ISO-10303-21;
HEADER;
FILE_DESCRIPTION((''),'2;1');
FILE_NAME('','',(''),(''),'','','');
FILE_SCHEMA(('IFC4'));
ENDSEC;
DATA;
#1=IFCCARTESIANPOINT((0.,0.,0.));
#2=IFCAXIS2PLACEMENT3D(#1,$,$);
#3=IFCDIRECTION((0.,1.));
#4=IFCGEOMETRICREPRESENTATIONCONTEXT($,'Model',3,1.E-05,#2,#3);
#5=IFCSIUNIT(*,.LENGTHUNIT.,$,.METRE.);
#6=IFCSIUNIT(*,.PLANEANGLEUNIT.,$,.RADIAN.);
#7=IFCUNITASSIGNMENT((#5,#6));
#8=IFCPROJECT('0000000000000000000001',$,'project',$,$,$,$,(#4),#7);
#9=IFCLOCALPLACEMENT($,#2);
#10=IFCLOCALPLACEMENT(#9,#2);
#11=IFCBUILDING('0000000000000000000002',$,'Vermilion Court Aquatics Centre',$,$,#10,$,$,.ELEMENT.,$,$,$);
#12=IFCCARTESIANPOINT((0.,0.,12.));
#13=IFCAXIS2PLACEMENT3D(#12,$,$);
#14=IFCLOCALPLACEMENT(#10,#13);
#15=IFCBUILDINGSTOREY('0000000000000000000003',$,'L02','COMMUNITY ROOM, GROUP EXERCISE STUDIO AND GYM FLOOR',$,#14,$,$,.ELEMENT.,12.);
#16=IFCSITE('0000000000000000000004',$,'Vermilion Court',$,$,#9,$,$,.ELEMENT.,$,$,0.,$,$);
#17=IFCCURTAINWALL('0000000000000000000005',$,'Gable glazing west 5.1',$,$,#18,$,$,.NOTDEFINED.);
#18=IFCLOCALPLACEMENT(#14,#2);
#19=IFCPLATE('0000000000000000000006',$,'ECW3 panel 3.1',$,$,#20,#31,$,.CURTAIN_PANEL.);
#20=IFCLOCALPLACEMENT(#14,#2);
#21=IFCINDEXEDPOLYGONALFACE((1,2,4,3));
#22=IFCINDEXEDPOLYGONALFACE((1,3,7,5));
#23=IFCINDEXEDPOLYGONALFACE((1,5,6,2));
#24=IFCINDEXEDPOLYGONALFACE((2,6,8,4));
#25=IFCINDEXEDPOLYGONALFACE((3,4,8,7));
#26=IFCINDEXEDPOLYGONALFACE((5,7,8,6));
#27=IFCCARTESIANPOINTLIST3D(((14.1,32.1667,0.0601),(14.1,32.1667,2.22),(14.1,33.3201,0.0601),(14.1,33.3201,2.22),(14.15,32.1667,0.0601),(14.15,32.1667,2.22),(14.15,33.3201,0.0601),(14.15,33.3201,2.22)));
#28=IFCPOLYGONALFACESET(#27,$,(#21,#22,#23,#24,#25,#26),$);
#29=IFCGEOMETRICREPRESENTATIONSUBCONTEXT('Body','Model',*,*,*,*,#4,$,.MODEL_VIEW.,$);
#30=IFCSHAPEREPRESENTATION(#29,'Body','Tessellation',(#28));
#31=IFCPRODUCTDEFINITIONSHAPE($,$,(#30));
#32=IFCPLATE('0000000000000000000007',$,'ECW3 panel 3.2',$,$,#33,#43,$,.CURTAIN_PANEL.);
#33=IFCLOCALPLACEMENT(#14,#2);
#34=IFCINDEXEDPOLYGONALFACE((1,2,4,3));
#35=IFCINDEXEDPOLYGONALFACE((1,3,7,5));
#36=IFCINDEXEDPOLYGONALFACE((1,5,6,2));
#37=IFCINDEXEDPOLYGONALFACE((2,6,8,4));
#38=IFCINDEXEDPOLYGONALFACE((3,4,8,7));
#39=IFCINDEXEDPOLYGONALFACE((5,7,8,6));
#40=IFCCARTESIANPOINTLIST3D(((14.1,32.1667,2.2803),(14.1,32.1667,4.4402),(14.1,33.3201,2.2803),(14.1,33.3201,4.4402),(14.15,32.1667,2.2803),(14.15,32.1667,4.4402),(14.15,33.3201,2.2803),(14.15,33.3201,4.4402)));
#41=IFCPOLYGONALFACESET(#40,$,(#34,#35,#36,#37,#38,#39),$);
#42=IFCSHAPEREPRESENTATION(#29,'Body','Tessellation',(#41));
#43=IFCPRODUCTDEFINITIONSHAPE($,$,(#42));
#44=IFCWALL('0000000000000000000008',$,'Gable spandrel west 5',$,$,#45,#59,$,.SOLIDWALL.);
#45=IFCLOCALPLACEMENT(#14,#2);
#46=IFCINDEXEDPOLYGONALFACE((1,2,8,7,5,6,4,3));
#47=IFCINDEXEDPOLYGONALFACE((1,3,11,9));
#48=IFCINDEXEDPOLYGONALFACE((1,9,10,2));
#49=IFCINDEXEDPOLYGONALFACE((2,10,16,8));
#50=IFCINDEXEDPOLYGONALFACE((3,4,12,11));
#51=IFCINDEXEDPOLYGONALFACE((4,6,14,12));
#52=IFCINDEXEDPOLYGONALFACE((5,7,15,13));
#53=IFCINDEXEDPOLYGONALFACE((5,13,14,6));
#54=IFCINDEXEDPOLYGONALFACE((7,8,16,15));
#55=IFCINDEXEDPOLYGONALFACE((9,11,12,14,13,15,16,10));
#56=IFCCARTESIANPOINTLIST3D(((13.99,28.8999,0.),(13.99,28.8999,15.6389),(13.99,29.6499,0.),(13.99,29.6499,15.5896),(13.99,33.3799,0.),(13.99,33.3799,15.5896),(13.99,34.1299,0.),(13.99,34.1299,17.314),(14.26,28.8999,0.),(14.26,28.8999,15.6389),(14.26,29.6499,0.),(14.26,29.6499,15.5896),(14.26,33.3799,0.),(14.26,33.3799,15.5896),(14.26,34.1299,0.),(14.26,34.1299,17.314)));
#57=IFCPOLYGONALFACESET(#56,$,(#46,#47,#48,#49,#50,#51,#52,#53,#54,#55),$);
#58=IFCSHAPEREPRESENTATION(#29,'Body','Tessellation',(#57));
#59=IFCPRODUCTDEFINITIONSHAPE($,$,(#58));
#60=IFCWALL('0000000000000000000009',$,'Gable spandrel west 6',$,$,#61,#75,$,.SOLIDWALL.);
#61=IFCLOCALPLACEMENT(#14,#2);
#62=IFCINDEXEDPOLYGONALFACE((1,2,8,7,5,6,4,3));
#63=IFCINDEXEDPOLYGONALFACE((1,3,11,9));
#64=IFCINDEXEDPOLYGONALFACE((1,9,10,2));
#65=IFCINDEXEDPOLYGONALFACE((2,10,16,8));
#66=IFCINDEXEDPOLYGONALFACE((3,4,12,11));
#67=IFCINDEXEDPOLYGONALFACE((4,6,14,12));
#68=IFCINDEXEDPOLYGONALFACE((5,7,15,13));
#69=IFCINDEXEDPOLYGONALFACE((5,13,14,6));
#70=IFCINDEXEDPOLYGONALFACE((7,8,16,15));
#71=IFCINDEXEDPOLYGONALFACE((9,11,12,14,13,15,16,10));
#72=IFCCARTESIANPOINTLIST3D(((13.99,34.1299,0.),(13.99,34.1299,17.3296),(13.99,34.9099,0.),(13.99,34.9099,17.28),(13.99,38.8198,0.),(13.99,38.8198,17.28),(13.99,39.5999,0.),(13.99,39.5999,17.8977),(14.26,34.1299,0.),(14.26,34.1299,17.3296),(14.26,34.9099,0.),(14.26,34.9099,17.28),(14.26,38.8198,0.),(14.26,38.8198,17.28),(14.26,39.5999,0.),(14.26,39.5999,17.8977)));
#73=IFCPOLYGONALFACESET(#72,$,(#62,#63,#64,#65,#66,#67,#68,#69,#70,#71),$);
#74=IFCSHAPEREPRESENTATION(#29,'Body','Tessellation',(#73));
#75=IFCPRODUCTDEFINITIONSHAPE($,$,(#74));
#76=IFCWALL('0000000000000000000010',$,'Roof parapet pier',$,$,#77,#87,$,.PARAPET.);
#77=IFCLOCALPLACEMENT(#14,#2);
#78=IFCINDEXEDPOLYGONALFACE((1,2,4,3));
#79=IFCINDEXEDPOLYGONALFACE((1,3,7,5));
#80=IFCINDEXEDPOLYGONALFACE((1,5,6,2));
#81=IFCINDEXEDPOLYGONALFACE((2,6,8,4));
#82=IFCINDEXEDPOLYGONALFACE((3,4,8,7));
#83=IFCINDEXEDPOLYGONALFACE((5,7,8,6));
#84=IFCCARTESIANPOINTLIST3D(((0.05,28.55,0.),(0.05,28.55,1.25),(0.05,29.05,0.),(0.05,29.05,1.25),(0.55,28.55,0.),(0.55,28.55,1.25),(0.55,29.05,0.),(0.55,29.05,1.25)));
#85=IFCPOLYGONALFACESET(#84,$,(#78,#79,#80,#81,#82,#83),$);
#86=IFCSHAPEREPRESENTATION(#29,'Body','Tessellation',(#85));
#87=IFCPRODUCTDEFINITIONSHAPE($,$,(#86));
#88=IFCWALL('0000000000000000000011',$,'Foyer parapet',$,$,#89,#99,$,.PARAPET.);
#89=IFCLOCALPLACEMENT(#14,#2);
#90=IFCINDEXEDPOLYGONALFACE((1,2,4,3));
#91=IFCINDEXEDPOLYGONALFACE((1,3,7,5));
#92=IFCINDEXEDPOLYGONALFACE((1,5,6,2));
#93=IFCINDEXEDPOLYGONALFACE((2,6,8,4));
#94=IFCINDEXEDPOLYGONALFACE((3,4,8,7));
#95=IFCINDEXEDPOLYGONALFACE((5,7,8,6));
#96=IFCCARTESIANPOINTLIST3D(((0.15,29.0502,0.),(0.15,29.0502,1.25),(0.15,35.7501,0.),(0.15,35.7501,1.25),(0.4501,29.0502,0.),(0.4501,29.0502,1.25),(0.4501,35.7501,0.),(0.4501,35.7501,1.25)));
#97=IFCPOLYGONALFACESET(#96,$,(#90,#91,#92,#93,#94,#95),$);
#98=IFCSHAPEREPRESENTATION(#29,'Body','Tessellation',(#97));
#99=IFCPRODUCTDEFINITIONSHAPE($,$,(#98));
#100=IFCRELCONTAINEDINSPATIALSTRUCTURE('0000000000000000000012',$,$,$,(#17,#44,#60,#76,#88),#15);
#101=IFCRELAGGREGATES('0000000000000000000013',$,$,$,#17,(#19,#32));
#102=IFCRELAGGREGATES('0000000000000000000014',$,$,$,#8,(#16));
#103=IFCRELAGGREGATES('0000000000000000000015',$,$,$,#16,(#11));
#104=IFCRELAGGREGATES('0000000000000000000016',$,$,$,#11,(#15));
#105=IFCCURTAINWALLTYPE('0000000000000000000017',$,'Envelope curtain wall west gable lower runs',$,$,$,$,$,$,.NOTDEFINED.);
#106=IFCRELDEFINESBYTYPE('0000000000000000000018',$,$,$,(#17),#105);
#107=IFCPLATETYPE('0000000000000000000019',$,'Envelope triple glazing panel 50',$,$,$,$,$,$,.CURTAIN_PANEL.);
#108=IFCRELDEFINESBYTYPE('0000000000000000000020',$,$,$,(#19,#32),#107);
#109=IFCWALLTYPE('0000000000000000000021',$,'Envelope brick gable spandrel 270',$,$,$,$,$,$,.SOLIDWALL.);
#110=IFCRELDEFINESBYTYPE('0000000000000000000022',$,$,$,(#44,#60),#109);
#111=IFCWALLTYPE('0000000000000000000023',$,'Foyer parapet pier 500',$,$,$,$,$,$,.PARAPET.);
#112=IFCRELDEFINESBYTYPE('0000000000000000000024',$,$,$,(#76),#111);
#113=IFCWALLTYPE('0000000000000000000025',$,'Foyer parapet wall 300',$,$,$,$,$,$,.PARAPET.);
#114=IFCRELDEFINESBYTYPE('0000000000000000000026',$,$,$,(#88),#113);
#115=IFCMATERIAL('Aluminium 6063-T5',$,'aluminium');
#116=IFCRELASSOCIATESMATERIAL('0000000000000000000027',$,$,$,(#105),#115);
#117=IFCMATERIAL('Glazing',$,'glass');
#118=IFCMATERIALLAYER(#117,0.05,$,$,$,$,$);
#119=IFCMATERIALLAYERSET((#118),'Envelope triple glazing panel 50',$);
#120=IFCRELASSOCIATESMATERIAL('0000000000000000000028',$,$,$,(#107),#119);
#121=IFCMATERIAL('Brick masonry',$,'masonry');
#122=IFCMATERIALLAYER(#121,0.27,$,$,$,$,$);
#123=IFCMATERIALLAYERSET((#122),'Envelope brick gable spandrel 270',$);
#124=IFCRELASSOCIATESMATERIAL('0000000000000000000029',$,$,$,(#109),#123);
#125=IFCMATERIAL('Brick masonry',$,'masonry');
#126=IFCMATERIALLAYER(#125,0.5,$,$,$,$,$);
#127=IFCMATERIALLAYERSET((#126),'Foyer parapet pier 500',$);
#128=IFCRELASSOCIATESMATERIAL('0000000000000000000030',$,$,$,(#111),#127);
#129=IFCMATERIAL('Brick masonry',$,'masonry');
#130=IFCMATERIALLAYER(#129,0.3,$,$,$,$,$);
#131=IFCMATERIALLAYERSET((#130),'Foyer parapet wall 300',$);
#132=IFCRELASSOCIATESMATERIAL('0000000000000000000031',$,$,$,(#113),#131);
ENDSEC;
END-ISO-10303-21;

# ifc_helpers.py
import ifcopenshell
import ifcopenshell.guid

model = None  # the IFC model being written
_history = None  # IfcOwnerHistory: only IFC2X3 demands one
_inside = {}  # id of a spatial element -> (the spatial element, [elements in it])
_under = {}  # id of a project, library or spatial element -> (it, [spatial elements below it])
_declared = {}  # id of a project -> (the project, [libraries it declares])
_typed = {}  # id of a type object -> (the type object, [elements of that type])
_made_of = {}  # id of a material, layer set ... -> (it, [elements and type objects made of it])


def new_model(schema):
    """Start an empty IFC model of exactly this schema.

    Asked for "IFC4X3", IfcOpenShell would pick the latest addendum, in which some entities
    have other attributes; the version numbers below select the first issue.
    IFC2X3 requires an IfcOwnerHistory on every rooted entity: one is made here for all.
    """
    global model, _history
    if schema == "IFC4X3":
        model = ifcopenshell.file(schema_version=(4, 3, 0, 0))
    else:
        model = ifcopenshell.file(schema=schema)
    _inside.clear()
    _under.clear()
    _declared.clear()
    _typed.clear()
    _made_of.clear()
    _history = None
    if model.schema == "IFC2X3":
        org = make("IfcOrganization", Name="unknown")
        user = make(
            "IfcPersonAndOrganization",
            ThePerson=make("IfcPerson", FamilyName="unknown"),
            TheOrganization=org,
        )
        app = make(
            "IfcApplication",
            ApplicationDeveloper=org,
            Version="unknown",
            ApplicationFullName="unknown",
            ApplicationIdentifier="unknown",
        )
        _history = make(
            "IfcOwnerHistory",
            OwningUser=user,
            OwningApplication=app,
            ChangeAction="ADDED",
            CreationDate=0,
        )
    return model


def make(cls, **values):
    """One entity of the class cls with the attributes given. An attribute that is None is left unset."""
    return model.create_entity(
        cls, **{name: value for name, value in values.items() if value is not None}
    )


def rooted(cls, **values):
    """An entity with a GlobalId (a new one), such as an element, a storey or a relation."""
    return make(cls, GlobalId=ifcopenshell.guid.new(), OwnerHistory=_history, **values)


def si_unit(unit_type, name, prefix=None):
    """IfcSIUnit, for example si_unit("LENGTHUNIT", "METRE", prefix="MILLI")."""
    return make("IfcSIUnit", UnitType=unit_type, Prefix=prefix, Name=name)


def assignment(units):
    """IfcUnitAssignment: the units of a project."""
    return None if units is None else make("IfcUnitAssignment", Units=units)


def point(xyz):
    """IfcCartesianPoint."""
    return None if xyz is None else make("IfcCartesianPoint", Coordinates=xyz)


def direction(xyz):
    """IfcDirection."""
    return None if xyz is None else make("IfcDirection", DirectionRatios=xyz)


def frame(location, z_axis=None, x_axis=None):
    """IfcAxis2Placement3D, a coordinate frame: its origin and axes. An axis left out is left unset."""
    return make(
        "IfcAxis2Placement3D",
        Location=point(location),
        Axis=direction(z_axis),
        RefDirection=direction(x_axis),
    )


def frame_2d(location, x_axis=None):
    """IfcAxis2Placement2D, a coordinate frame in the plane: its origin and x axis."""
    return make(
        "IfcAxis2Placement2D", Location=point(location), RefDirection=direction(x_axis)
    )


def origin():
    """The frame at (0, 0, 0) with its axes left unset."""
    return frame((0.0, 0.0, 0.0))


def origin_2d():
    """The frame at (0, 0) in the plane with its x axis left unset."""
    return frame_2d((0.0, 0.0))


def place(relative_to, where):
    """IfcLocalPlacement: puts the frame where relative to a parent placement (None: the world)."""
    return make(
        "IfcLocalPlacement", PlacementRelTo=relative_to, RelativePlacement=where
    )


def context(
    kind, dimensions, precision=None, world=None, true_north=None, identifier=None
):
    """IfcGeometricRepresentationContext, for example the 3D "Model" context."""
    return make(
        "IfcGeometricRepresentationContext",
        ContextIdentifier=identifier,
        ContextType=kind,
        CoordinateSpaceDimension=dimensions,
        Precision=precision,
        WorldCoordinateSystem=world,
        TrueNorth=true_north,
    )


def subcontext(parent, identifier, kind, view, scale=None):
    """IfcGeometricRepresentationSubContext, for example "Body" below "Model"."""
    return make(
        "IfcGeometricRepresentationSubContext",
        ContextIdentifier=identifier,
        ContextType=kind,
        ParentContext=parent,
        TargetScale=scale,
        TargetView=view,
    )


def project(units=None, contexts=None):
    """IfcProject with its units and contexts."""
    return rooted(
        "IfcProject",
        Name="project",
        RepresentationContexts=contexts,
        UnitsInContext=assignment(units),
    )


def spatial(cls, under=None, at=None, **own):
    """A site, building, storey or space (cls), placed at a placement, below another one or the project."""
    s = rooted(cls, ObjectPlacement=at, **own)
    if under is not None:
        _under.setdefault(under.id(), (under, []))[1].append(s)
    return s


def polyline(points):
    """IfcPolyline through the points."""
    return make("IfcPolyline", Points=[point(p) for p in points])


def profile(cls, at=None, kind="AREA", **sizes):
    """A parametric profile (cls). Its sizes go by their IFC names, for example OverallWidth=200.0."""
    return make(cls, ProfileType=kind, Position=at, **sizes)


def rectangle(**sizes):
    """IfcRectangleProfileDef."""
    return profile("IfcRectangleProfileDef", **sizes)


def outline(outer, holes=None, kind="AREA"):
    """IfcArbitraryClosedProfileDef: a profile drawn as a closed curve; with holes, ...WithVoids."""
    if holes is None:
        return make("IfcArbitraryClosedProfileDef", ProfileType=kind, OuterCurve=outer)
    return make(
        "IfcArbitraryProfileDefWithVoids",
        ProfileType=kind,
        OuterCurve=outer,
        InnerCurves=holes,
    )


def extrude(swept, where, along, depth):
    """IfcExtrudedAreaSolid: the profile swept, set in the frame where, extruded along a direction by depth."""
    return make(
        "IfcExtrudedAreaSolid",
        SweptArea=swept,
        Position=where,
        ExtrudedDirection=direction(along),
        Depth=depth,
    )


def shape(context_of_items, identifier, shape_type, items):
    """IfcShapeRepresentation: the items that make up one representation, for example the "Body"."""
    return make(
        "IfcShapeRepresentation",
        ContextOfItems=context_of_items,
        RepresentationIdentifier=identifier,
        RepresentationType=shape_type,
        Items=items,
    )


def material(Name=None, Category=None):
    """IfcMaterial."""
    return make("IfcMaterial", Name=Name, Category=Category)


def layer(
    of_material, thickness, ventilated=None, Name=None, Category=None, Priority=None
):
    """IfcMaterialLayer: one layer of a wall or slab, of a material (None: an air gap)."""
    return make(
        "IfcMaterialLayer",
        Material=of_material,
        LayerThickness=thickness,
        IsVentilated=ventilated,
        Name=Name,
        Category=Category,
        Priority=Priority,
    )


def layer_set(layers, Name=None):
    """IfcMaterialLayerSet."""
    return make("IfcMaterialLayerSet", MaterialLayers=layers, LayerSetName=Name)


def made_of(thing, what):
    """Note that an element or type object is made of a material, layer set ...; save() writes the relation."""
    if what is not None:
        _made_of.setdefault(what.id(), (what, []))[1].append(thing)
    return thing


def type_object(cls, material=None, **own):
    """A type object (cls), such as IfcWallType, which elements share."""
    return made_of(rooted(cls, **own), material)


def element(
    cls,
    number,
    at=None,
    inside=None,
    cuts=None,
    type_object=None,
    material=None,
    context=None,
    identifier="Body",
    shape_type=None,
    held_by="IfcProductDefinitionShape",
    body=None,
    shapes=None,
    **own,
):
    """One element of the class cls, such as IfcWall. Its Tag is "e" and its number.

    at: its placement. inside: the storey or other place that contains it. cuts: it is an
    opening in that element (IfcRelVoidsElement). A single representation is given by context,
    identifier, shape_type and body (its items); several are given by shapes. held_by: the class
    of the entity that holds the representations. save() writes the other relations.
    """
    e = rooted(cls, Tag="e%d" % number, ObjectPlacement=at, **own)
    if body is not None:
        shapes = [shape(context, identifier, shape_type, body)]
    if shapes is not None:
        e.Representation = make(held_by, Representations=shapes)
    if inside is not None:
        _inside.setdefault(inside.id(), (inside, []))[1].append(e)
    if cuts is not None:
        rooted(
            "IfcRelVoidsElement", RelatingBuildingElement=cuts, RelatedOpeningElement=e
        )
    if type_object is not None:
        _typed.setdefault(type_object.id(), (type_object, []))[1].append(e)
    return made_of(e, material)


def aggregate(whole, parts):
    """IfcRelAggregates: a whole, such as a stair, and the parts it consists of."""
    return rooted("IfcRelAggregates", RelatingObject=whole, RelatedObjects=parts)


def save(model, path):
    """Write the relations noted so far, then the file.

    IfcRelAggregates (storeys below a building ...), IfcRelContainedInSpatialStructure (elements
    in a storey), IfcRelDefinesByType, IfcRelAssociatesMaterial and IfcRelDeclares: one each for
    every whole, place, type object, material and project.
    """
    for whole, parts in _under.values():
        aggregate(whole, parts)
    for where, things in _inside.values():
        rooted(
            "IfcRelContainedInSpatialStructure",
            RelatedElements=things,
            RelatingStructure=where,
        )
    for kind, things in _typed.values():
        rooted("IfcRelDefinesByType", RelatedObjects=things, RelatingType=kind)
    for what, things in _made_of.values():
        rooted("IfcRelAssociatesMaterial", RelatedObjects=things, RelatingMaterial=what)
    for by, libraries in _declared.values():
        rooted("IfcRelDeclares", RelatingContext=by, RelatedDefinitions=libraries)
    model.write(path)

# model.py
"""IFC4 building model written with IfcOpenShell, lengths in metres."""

from ifc_helpers import new_model, si_unit, direction, frame, frame_2d, origin, origin_2d, place, context, subcontext, project, spatial, polyline, rectangle, outline, extrude, material, layer, layer_set, type_object, element, aggregate, save


model = new_model("IFC4")

# Units and contexts
model_context = context("Model", 3, precision=1e-05, world=origin(), true_north=direction((0.0, 1.0)))
body_context = subcontext(model_context, "Body", "Model", "MODEL_VIEW")
ifc_project = project(units=[si_unit("LENGTHUNIT", "METRE"), si_unit("PLANEANGLEUNIT", "RADIAN")], contexts=[model_context])

# Site, building, storey
site_placement = place(None, origin())
site = spatial("IfcSite", under=ifc_project, at=site_placement, Name="Vermilion Court", CompositionType="ELEMENT", RefElevation=0.0)
building_placement = place(site_placement, origin())
building = spatial("IfcBuilding", under=site, at=building_placement, Name="Vermilion Court Aquatics Centre", CompositionType="ELEMENT")
storey_placement = place(building_placement, frame((0.0, 0.0, 12.0)))
storey = spatial("IfcBuildingStorey", under=building, at=storey_placement, Name="L02", Description="COMMUNITY ROOM, GROUP EXERCISE STUDIO AND GYM FLOOR", CompositionType="ELEMENT", Elevation=12.0)

# Curtain wall
ifc_material_1 = material(Name="Aluminium 6063-T5", Category="aluminium")
curtain_wall_type = type_object("IfcCurtainWallType", Name="Envelope curtain wall west gable lower runs", PredefinedType="NOTDEFINED", material=ifc_material_1)
curtain_wall_1_placement = place(storey_placement, origin())
curtain_wall_1 = element("IfcCurtainWall", 1, at=curtain_wall_1_placement, inside=storey, type_object=curtain_wall_type, Name="Gable glazing west 5.1", PredefinedType="NOTDEFINED")

# Plates
ifc_material_2 = material(Name="Glazing", Category="glass")
ifc_layer_1 = layer(ifc_material_2, 0.05)
ifc_layer_set_1 = layer_set([ifc_layer_1], Name="Envelope triple glazing panel 50")
plate_type = type_object("IfcPlateType", Name="Envelope triple glazing panel 50", PredefinedType="CURTAIN_PANEL", material=ifc_layer_set_1)
plate_1_placement = place(storey_placement, frame((14.125, 32.7434, 0.0601), z_axis=(0.0, 0.0, 1.0), x_axis=(0.0, 1.0, 0.0)))
plate_1 = element("IfcPlate", 2, at=plate_1_placement, type_object=plate_type, Name="ECW3 panel 3.1", PredefinedType="CURTAIN_PANEL", context=body_context, shape_type="SweptSolid", body=[
    extrude(rectangle(XDim=1.1533, YDim=0.05, at=origin_2d()), origin(), (0.0, 0.0, 1.0), 2.1599),
])
plate_2_placement = place(storey_placement, frame((14.125, 32.7434, 2.2803), z_axis=(0.0, 0.0, 1.0), x_axis=(0.0, 1.0, 0.0)))
plate_2 = element("IfcPlate", 3, at=plate_2_placement, type_object=plate_type, Name="ECW3 panel 3.2", PredefinedType="CURTAIN_PANEL", context=body_context, shape_type="SweptSolid", body=[
    extrude(rectangle(XDim=1.1533, YDim=0.05, at=origin_2d()), origin(), (0.0, 0.0, 1.0), 2.1599),
])
aggregate(curtain_wall_1, [plate_1, plate_2])

# Walls
ifc_material_3 = material(Name="Brick masonry", Category="masonry")
ifc_layer_2 = layer(ifc_material_3, 0.27)
ifc_layer_set_2 = layer_set([ifc_layer_2], Name="Envelope brick gable spandrel 270")
wall_type_1 = type_object("IfcWallType", Name="Envelope brick gable spandrel 270", PredefinedType="SOLIDWALL", material=ifc_layer_set_2)
wall_1_placement = place(storey_placement, frame((14.125, 28.8999, 0.0), z_axis=(0.0, 0.0, 1.0), x_axis=(0.0, 1.0, 0.0)))
element("IfcWall", 4, at=wall_1_placement, inside=storey, type_object=wall_type_1, Name="Gable spandrel west 5", PredefinedType="SOLIDWALL", context=body_context, shape_type="SweptSolid", body=[
    extrude(outline(polyline([(0.0, 0.0), (0.75, 0.0), (0.75, 15.5896), (4.48, 15.5896), (4.48, 0.0), (5.23, 0.0), (5.23, 17.314), (0.0, 15.6389), (0.0, 0.0)])), frame((0.0, 0.135, 0.0), z_axis=(0.0, -1.0, 0.0), x_axis=(1.0, 0.0, 0.0)), (0.0, 0.0, 1.0), 0.27),
])
wall_2_placement = place(storey_placement, frame((14.125, 34.1299, 0.0), z_axis=(0.0, 0.0, 1.0), x_axis=(0.0, 1.0, 0.0)))
element("IfcWall", 5, at=wall_2_placement, inside=storey, type_object=wall_type_1, Name="Gable spandrel west 6", PredefinedType="SOLIDWALL", context=body_context, shape_type="SweptSolid", body=[
    extrude(outline(polyline([(0.0, 0.0), (0.78, 0.0), (0.78, 17.28), (4.6899, 17.28), (4.6899, 0.0), (5.47, 0.0), (5.47, 17.8977), (0.0, 17.3296), (0.0, 0.0)])), frame((0.0, 0.135, 0.0), z_axis=(0.0, -1.0, 0.0), x_axis=(1.0, 0.0, 0.0)), (0.0, 0.0, 1.0), 0.27),
])
ifc_material_4 = material(Name="Brick masonry", Category="masonry")
ifc_layer_3 = layer(ifc_material_4, 0.5)
ifc_layer_set_3 = layer_set([ifc_layer_3], Name="Foyer parapet pier 500")
wall_type_2 = type_object("IfcWallType", Name="Foyer parapet pier 500", PredefinedType="PARAPET", material=ifc_layer_set_3)
wall_3_placement = place(storey_placement, frame((0.05, 28.8, 0.0), z_axis=(0.0, 0.0, 1.0), x_axis=(1.0, 0.0, 0.0)))
element("IfcWall", 6, at=wall_3_placement, inside=storey, type_object=wall_type_2, Name="Roof parapet pier", PredefinedType="PARAPET", context=body_context, shape_type="SweptSolid", body=[
    extrude(rectangle(XDim=0.5, YDim=0.5, at=frame_2d((0.25, 0.0))), origin(), (0.0, 0.0, 1.0), 1.25),
])
ifc_material_5 = material(Name="Brick masonry", Category="masonry")
ifc_layer_4 = layer(ifc_material_5, 0.3)
ifc_layer_set_4 = layer_set([ifc_layer_4], Name="Foyer parapet wall 300")
wall_type_3 = type_object("IfcWallType", Name="Foyer parapet wall 300", PredefinedType="PARAPET", material=ifc_layer_set_4)
wall_4_placement = place(storey_placement, frame((0.3, 29.05, 0.0), z_axis=(0.0, 0.0, 1.0), x_axis=(0.0, 1.0, 0.0)))
element("IfcWall", 7, at=wall_4_placement, inside=storey, type_object=wall_type_3, Name="Foyer parapet", PredefinedType="PARAPET", context=body_context, shape_type="SweptSolid", body=[
    extrude(rectangle(XDim=6.7, YDim=0.3, at=frame_2d((3.3501, 0.0))), origin(), (0.0, 0.0, 1.0), 1.25),
])

save(model, "model.ifc")
